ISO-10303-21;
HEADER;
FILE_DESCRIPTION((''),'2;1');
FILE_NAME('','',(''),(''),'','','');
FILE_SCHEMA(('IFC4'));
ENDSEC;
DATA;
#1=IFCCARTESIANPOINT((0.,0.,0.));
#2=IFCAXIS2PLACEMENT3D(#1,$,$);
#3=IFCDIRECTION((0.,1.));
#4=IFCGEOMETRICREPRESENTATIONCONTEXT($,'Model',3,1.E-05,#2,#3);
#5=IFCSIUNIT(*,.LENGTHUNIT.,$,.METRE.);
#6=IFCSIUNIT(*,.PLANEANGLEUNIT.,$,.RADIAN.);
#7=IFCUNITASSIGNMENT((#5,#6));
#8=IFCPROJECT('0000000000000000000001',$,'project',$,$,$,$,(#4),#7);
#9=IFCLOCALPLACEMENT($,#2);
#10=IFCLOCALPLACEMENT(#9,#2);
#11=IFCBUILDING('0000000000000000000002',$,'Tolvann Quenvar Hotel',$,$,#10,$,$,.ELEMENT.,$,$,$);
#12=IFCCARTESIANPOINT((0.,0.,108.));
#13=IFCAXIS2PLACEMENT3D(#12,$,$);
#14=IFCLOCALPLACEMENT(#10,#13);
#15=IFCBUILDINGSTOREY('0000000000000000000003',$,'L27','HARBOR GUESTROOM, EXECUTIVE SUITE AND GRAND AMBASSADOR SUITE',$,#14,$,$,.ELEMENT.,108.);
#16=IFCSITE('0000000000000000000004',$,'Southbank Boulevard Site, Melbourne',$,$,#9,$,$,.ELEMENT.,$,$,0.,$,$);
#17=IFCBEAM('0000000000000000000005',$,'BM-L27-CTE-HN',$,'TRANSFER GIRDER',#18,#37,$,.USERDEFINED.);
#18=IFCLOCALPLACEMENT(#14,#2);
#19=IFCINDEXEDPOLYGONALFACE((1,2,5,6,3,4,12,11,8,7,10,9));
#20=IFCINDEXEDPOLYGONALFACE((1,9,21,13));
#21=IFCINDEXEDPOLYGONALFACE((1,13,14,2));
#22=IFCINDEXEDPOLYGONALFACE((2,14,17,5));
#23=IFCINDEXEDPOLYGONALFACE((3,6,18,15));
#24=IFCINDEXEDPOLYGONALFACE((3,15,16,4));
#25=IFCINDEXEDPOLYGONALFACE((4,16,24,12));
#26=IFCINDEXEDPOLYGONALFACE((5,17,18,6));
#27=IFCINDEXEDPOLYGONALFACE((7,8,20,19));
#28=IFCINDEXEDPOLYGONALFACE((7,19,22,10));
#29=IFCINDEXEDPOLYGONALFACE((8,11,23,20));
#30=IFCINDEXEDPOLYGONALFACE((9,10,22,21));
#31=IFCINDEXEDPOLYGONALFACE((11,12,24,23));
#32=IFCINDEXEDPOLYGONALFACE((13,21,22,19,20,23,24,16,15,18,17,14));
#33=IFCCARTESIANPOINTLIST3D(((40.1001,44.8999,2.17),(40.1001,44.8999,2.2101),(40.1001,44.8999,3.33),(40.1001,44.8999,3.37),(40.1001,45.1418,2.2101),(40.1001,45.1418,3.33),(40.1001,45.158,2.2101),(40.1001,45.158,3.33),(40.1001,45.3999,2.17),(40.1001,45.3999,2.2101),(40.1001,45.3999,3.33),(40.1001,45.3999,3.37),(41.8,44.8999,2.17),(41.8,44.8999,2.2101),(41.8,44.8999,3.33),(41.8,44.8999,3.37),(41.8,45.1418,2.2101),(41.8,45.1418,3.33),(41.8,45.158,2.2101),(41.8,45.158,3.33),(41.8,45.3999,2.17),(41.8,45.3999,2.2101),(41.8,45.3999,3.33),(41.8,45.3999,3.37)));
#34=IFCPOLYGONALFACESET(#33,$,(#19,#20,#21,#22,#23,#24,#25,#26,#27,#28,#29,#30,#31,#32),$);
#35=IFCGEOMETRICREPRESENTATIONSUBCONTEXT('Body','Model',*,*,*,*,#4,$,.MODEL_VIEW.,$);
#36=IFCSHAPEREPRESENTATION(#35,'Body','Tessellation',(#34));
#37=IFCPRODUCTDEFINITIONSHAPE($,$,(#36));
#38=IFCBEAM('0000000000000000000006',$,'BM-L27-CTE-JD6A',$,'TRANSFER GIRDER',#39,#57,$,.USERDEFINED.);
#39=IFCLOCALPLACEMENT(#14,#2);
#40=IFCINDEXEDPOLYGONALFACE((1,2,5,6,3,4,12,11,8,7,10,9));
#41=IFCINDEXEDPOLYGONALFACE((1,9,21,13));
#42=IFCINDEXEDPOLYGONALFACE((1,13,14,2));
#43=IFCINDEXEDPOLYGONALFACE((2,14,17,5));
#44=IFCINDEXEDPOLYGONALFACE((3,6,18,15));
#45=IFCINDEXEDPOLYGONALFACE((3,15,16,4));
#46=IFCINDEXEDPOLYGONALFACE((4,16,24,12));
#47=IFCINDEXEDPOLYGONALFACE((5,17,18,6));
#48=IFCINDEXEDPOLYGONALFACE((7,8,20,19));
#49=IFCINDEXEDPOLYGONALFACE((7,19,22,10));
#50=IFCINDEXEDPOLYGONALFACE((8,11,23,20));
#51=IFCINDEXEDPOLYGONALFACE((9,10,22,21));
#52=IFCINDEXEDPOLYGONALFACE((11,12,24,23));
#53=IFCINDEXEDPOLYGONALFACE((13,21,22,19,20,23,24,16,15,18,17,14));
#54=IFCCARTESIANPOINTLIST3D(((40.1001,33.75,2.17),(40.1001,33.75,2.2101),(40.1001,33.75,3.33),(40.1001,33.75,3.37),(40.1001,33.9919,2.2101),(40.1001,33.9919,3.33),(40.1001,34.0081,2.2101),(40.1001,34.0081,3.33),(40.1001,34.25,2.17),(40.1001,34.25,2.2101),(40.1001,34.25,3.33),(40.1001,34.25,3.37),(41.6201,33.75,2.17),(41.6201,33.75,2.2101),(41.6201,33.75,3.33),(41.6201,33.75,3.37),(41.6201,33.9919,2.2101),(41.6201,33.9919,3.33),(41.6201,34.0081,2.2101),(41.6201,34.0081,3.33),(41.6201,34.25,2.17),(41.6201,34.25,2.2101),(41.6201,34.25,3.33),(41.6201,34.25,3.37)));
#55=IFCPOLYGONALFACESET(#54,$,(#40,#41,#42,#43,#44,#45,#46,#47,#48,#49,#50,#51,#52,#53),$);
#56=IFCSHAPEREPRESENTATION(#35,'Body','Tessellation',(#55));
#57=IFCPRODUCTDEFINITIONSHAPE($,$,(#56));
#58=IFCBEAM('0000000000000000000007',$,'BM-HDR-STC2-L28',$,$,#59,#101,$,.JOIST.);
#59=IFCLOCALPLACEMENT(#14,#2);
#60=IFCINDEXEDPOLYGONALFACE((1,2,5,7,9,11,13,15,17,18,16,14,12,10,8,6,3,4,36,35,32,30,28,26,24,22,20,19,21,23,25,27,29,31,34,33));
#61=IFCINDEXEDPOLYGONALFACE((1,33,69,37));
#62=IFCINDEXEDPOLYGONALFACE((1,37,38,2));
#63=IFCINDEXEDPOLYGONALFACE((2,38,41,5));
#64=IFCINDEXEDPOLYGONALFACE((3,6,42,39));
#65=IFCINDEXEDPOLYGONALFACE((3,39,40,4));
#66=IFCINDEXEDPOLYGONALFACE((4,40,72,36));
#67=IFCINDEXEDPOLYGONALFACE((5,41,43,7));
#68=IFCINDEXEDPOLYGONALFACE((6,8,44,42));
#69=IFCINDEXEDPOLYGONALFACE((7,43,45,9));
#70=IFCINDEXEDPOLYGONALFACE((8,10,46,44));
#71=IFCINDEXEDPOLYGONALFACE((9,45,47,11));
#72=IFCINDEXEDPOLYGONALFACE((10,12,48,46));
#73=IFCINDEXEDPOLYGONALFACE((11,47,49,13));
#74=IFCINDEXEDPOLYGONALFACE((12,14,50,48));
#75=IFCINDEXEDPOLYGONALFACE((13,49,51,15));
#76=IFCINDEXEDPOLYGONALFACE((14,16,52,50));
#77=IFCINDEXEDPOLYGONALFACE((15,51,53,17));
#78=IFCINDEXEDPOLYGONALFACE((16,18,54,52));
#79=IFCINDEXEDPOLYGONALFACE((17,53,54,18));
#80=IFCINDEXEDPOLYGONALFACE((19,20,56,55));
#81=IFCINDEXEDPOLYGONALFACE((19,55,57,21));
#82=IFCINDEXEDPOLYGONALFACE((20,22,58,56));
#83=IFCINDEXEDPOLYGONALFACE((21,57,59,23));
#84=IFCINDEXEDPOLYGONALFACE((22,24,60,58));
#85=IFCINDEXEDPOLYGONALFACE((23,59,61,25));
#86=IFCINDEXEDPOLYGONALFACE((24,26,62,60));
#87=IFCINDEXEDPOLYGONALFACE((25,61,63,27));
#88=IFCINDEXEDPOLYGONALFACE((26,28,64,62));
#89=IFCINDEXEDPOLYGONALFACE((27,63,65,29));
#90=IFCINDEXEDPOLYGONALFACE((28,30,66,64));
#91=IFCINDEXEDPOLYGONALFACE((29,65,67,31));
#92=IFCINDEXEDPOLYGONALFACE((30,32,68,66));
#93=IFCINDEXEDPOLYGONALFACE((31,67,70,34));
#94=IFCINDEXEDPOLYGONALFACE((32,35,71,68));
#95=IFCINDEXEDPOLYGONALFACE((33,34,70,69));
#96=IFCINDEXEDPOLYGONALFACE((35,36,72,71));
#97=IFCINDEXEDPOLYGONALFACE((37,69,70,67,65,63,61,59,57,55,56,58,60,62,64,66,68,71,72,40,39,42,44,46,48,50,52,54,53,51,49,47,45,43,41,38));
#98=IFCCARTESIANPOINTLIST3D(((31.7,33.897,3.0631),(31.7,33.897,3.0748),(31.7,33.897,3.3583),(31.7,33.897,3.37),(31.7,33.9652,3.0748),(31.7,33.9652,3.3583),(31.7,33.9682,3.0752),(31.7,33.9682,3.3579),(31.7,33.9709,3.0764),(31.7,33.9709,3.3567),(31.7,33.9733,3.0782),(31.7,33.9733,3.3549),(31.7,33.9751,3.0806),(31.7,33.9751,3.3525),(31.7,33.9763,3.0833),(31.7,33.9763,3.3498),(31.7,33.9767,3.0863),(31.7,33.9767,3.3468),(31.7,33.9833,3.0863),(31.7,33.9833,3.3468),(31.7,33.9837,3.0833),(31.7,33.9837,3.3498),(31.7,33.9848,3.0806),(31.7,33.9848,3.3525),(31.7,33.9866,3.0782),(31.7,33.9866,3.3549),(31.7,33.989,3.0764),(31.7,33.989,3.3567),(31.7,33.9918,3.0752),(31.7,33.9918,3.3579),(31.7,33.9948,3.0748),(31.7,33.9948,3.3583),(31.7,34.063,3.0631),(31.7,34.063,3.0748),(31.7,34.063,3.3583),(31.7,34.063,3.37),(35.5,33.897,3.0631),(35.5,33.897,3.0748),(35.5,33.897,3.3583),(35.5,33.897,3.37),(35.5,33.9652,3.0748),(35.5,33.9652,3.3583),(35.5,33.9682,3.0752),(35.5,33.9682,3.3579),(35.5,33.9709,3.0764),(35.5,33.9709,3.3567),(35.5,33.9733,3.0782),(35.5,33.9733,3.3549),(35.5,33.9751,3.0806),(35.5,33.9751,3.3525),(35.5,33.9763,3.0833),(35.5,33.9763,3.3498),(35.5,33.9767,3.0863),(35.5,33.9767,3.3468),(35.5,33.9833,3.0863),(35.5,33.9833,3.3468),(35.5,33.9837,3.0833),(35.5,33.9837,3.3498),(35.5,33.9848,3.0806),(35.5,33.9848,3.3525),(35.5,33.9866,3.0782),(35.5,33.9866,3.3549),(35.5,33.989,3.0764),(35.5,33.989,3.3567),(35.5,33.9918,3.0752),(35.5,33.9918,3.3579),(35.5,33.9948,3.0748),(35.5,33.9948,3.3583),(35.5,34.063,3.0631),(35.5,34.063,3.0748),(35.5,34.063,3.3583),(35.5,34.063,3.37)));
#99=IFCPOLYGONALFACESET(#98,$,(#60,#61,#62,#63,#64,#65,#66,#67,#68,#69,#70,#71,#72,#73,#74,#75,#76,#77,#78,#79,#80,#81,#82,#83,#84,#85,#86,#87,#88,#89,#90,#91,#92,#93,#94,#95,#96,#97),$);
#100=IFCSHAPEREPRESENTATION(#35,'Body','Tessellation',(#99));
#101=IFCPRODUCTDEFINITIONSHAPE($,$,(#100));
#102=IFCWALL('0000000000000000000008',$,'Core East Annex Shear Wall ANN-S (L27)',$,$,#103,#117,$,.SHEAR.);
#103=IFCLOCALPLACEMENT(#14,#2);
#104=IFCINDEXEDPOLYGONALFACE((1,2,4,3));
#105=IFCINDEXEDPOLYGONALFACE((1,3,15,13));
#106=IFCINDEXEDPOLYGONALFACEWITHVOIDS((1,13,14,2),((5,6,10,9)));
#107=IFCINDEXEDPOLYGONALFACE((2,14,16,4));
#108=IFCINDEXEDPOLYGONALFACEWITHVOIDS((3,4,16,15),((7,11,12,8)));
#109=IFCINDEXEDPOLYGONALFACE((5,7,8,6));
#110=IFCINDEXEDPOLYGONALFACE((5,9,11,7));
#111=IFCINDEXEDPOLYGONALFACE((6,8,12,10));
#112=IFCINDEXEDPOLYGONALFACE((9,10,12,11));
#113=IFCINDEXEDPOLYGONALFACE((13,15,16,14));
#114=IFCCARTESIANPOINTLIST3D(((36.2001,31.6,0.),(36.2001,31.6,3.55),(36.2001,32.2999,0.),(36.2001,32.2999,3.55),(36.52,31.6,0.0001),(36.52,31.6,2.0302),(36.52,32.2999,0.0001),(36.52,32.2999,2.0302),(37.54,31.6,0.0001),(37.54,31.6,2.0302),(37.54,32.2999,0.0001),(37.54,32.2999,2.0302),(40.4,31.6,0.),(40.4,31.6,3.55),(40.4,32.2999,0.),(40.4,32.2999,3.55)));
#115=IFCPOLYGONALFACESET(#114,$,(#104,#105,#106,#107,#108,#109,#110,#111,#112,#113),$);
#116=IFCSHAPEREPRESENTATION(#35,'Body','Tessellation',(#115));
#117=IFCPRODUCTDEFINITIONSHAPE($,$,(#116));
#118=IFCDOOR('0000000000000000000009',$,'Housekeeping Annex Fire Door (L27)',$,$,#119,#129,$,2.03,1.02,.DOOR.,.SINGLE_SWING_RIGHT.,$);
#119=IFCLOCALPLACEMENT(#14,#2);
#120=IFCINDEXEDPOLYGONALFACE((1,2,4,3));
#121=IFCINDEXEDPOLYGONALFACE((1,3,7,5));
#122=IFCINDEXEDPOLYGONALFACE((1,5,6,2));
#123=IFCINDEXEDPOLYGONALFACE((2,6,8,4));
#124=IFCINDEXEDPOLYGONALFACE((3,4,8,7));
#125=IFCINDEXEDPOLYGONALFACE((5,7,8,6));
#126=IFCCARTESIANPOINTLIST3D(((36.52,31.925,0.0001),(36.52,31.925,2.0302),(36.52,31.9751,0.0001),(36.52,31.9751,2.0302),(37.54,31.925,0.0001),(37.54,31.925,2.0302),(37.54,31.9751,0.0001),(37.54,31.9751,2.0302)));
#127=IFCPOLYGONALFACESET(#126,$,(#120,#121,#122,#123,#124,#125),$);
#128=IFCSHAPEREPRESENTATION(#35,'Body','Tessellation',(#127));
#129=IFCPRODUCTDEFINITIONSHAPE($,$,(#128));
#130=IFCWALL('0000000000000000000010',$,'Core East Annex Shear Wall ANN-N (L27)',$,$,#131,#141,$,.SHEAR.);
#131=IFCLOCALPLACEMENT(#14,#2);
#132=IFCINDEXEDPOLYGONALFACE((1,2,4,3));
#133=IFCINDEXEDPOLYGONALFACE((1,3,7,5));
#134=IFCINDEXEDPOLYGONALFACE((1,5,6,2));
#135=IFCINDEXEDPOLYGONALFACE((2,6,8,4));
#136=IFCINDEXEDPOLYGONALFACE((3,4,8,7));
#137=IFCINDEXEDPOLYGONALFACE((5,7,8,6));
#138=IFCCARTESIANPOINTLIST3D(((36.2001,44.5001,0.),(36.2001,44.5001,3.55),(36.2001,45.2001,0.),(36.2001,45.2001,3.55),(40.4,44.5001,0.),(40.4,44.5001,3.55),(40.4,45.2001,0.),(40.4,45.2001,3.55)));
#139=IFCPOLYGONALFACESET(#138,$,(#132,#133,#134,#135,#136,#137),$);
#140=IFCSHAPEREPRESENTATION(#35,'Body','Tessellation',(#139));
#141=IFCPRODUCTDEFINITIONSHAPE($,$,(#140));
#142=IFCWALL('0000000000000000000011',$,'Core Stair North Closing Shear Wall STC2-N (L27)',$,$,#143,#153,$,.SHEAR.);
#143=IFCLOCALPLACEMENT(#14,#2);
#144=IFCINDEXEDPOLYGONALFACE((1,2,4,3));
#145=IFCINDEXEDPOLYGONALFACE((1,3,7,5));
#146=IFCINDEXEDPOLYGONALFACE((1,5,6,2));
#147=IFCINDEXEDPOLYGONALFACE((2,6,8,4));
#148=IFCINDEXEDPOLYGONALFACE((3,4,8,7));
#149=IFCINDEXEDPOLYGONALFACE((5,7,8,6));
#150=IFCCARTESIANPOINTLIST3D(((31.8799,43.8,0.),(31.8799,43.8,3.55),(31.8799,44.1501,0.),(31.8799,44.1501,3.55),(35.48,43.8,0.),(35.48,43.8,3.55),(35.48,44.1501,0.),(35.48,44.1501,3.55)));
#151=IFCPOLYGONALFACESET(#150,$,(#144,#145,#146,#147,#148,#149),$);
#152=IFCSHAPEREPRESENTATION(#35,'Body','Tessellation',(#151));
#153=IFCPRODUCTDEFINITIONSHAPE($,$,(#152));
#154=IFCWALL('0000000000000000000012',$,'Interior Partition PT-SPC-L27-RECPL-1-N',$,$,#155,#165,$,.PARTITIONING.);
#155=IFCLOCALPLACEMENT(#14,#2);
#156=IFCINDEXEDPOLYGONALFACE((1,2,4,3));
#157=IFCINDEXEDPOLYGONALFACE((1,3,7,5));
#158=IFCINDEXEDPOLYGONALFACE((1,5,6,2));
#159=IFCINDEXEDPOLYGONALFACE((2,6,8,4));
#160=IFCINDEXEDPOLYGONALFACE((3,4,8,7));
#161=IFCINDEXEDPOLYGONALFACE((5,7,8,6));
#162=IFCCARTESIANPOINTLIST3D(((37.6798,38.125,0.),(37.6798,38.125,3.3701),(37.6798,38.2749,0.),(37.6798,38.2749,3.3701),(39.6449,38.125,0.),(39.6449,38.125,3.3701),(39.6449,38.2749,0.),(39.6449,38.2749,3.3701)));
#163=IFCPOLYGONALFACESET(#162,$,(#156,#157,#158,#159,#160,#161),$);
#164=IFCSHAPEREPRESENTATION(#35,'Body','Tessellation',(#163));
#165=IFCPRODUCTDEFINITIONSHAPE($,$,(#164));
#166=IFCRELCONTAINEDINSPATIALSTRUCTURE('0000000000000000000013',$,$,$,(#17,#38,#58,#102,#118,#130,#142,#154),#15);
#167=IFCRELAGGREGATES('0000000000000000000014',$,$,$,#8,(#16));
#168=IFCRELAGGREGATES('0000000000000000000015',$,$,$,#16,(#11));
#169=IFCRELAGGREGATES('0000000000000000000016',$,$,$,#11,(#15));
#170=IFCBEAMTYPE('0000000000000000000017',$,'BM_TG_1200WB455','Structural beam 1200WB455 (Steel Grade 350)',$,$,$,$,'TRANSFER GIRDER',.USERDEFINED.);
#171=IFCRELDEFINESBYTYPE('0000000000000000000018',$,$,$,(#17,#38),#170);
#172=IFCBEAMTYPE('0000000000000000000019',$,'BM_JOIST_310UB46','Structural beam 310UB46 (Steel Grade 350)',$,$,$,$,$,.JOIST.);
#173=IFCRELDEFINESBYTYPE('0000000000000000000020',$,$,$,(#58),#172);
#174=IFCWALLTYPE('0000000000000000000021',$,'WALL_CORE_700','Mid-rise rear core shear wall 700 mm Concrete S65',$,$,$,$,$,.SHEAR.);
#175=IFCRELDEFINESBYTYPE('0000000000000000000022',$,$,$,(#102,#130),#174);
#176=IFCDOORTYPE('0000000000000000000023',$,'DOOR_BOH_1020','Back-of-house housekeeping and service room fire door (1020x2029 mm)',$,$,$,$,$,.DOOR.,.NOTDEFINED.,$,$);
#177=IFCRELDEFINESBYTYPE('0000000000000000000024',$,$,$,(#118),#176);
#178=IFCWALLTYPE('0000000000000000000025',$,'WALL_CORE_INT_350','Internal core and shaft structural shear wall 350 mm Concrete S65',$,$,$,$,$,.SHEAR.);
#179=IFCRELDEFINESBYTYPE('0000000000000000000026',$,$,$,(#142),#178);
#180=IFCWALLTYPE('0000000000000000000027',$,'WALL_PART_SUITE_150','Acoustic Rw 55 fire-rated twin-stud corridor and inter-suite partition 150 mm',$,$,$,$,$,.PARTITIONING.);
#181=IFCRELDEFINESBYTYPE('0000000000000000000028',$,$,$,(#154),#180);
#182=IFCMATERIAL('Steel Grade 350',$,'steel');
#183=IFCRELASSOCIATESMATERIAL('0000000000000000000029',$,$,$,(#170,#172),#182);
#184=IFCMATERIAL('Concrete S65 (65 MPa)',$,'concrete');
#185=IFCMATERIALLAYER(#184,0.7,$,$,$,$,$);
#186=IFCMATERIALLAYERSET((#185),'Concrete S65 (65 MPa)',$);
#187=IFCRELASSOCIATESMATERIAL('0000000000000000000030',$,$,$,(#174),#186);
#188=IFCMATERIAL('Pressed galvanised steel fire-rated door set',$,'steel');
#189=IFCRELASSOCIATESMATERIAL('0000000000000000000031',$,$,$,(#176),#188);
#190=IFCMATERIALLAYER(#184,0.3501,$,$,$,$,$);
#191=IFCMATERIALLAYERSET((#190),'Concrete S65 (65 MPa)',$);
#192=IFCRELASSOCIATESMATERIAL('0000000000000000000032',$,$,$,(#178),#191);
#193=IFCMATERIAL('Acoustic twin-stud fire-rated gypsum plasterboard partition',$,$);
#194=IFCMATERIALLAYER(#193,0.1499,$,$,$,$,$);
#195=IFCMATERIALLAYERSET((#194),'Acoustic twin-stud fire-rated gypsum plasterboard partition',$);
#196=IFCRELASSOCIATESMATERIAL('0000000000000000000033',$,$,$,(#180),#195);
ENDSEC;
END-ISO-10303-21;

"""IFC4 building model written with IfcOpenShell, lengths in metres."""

from ifc_helpers import new_model, si_unit, direction, frame, frame_2d, origin, origin_2d, place, context, subcontext, project, spatial, rectangle, i_section, extrude, source, transform, mapped, material, layer, layer_set, material_profile, profile_set, type_object, type_shapes, element, fill, save


model = new_model("IFC4")

# Units and contexts
model_context = context("Model", 3, precision=1e-05, world=origin(), true_north=direction((0.0, 1.0)))
body_context = subcontext(model_context, "Body", "Model", "MODEL_VIEW")
ifc_project = project(units=[si_unit("LENGTHUNIT", "METRE"), si_unit("PLANEANGLEUNIT", "RADIAN")], contexts=[model_context])

# Site, building, storey
site_placement = place(None, origin())
site = spatial("IfcSite", under=ifc_project, at=site_placement, Name="Southbank Boulevard Site, Melbourne", CompositionType="ELEMENT", RefElevation=0.0)
building_placement = place(site_placement, origin())
building = spatial("IfcBuilding", under=site, at=building_placement, Name="Tolvann Quenvar Hotel", CompositionType="ELEMENT")
storey_placement = place(building_placement, frame((0.0, 0.0, 108.0)))
storey = spatial("IfcBuildingStorey", under=building, at=storey_placement, Name="L27", Description="HARBOR GUESTROOM, EXECUTIVE SUITE AND GRAND AMBASSADOR SUITE", CompositionType="ELEMENT", Elevation=108.0)

# Beams
ifc_material_1 = material(Name="Steel Grade 350", Category="steel")
ifc_material_profile_1 = material_profile(ifc_material_1, i_section(OverallWidth=0.5, OverallDepth=1.2, WebThickness=0.0161, FlangeThickness=0.04, at=origin_2d()), Name="1200WB455")
ifc_profile_set_1 = profile_set([ifc_material_profile_1], Name="Steel Grade 350")
beam_type_1 = type_object("IfcBeamType", Name="BM_TG_1200WB455", Description="Structural beam 1200WB455 (Steel Grade 350)", ElementType="TRANSFER GIRDER", PredefinedType="USERDEFINED", material=ifc_profile_set_1)
shared_shape_1 = source(origin(), body_context, "Body", "SweptSolid", [
    extrude(i_section(OverallWidth=0.5, OverallDepth=1.2, WebThickness=0.0161, FlangeThickness=0.04, at=origin_2d()), origin(), (0.0, 0.0, 1.0), 1.7),
])
beam_1_placement = place(storey_placement, frame((40.1001, 45.1499, 2.77), z_axis=(1.0, 0.0, 0.0), x_axis=(0.0, 1.0, 0.0)))
element("IfcBeam", 1, at=beam_1_placement, inside=storey, type_object=beam_type_1, Name="BM-L27-CTE-HN", ObjectType="TRANSFER GIRDER", PredefinedType="USERDEFINED", context=body_context, shape_type="MappedRepresentation", body=[
    mapped(shared_shape_1, transform((0.0, 0.0, 0.0), x_axis=(1.0, 0.0, 0.0), y_axis=(0.0, 1.0, 0.0), z_axis=(0.0, 0.0, 1.0), scale=1.0)),
])
shared_shape_2 = source(origin(), body_context, "Body", "SweptSolid", [
    extrude(i_section(OverallWidth=0.5, OverallDepth=1.2, WebThickness=0.0161, FlangeThickness=0.04, at=origin_2d()), origin(), (0.0, 0.0, 1.0), 1.52),
])
type_shapes(beam_type_1, [shared_shape_1, shared_shape_2])
beam_2_placement = place(storey_placement, frame((40.1001, 34.0, 2.77), z_axis=(1.0, 0.0, 0.0), x_axis=(0.0, 1.0, 0.0)))
element("IfcBeam", 2, at=beam_2_placement, inside=storey, type_object=beam_type_1, Name="BM-L27-CTE-JD6A", ObjectType="TRANSFER GIRDER", PredefinedType="USERDEFINED", context=body_context, shape_type="MappedRepresentation", body=[
    mapped(shared_shape_2, transform((0.0, 0.0, 0.0), x_axis=(1.0, 0.0, 0.0), y_axis=(0.0, 1.0, 0.0), z_axis=(0.0, 0.0, 1.0), scale=1.0)),
])
ifc_material_profile_2 = material_profile(ifc_material_1, i_section(OverallWidth=0.166, OverallDepth=0.3069, WebThickness=0.0066, FlangeThickness=0.0117, FilletRadius=0.0115, at=origin_2d()), Name="310UB46")
ifc_profile_set_2 = profile_set([ifc_material_profile_2], Name="Steel Grade 350")
beam_type_2 = type_object("IfcBeamType", Name="BM_JOIST_310UB46", Description="Structural beam 310UB46 (Steel Grade 350)", PredefinedType="JOIST", material=ifc_profile_set_2)
shared_shape_3 = source(origin(), body_context, "Body", "SweptSolid", [
    extrude(i_section(OverallWidth=0.166, OverallDepth=0.3069, WebThickness=0.0066, FlangeThickness=0.0117, FilletRadius=0.0115, at=origin_2d()), origin(), (0.0, 0.0, 1.0), 3.8),
])
type_shapes(beam_type_2, [shared_shape_3])
beam_3_placement = place(storey_placement, frame((31.7, 33.98, 3.2166), z_axis=(1.0, 0.0, 0.0), x_axis=(0.0, 1.0, 0.0)))
element("IfcBeam", 3, at=beam_3_placement, inside=storey, type_object=beam_type_2, Name="BM-HDR-STC2-L28", PredefinedType="JOIST", context=body_context, shape_type="MappedRepresentation", body=[
    mapped(shared_shape_3, transform((0.0, 0.0, 0.0), x_axis=(1.0, 0.0, 0.0), y_axis=(0.0, 1.0, 0.0), z_axis=(0.0, 0.0, 1.0), scale=1.0)),
])

# Wall, opening, door
ifc_material_2 = material(Name="Concrete S65 (65 MPa)", Category="concrete")
ifc_layer_1 = layer(ifc_material_2, 0.7)
ifc_layer_set_1 = layer_set([ifc_layer_1], Name="Concrete S65 (65 MPa)")
wall_type_1 = type_object("IfcWallType", Name="WALL_CORE_700", Description="Mid-rise rear core shear wall 700 mm Concrete S65", PredefinedType="SHEAR", material=ifc_layer_set_1)
wall_1_placement = place(storey_placement, frame((36.2, 31.95, 0.0), z_axis=(0.0, 0.0, 1.0), x_axis=(1.0, 0.0, 0.0)))
wall_1 = element("IfcWall", 4, at=wall_1_placement, inside=storey, type_object=wall_type_1, Name="Core East Annex Shear Wall ANN-S (L27)", PredefinedType="SHEAR", context=body_context, shape_type="SweptSolid", body=[
    extrude(rectangle(XDim=4.2, YDim=0.7, at=frame_2d((2.1001, 0.0))), origin(), (0.0, 0.0, 1.0), 3.55),
])
opening_1_placement = place(wall_1_placement, frame((1.3401, 0.0, 0.0), z_axis=(0.0, 0.0, 1.0), x_axis=(-1.0, 0.0, 0.0)))
opening_1 = element("IfcOpeningElement", 5, at=opening_1_placement, cuts=wall_1, PredefinedType="OPENING", context=body_context, shape_type="SweptSolid", body=[
    extrude(rectangle(XDim=1.02, YDim=2.03, at=frame_2d((0.51, 1.0151))), frame((0.0, 0.3599, 0.0), z_axis=(0.0, -1.0, 0.0), x_axis=(1.0, 0.0, 0.0)), (0.0, 0.0, 1.0), 0.72),
])
ifc_material_3 = material(Name="Pressed galvanised steel fire-rated door set", Category="steel")
door_type_1 = type_object("IfcDoorType", Name="DOOR_BOH_1020", Description="Back-of-house housekeeping and service room fire door (1020x2029 mm)", OperationType="NOTDEFINED", PredefinedType="DOOR", material=ifc_material_3)
shared_shape_4 = source(origin(), body_context, "Body", "SweptSolid", [
    extrude(rectangle(XDim=1.02, YDim=2.03, at=frame_2d((0.51, 1.0151))), frame((0.0, 0.0249, 0.0), z_axis=(0.0, -1.0, 0.0), x_axis=(1.0, 0.0, 0.0)), (0.0, 0.0, 1.0), 0.05),
])
type_shapes(door_type_1, [shared_shape_4])
door_1_placement = place(opening_1_placement, origin())
door_1 = element("IfcDoor", 6, at=door_1_placement, inside=storey, type_object=door_type_1, Name="Housekeeping Annex Fire Door (L27)", OperationType="SINGLE_SWING_RIGHT", OverallHeight=2.03, OverallWidth=1.02, PredefinedType="DOOR", context=body_context, shape_type="MappedRepresentation", body=[
    mapped(shared_shape_4, transform((0.0, 0.0, 0.0), x_axis=(1.0, 0.0, 0.0), y_axis=(0.0, 1.0, 0.0), z_axis=(0.0, 0.0, 1.0), scale=1.0)),
])
fill(opening_1, door_1)

# Walls
wall_2_placement = place(storey_placement, frame((36.2, 44.8501, 0.0), z_axis=(0.0, 0.0, 1.0), x_axis=(1.0, 0.0, 0.0)))
element("IfcWall", 7, at=wall_2_placement, inside=storey, type_object=wall_type_1, Name="Core East Annex Shear Wall ANN-N (L27)", PredefinedType="SHEAR", context=body_context, shape_type="SweptSolid", body=[
    extrude(rectangle(XDim=4.2, YDim=0.7, at=frame_2d((2.1001, 0.0))), origin(), (0.0, 0.0, 1.0), 3.55),
])
ifc_layer_2 = layer(ifc_material_2, 0.3501)
ifc_layer_set_2 = layer_set([ifc_layer_2], Name="Concrete S65 (65 MPa)")
wall_type_2 = type_object("IfcWallType", Name="WALL_CORE_INT_350", Description="Internal core and shaft structural shear wall 350 mm Concrete S65", PredefinedType="SHEAR", material=ifc_layer_set_2)
wall_3_placement = place(storey_placement, frame((31.8799, 43.9751, 0.0), z_axis=(0.0, 0.0, 1.0), x_axis=(1.0, 0.0, 0.0)))
element("IfcWall", 8, at=wall_3_placement, inside=storey, type_object=wall_type_2, Name="Core Stair North Closing Shear Wall STC2-N (L27)", PredefinedType="SHEAR", context=body_context, shape_type="SweptSolid", body=[
    extrude(rectangle(XDim=3.6001, YDim=0.3501, at=frame_2d((1.8, 0.0))), origin(), (0.0, 0.0, 1.0), 3.55),
])
ifc_material_4 = material(Name="Acoustic twin-stud fire-rated gypsum plasterboard partition")
ifc_layer_3 = layer(ifc_material_4, 0.1499)
ifc_layer_set_3 = layer_set([ifc_layer_3], Name="Acoustic twin-stud fire-rated gypsum plasterboard partition")
wall_type_3 = type_object("IfcWallType", Name="WALL_PART_SUITE_150", Description="Acoustic Rw 55 fire-rated twin-stud corridor and inter-suite partition 150 mm", PredefinedType="PARTITIONING", material=ifc_layer_set_3)
wall_4_placement = place(storey_placement, frame((37.6799, 38.2, 0.0), z_axis=(0.0, 0.0, 1.0), x_axis=(1.0, 0.0, 0.0)))
element("IfcWall", 9, at=wall_4_placement, inside=storey, type_object=wall_type_3, Name="Interior Partition PT-SPC-L27-RECPL-1-N", PredefinedType="PARTITIONING", context=body_context, shape_type="SweptSolid", body=[
    extrude(rectangle(XDim=1.9651, YDim=0.1499, at=frame_2d((0.9824, 0.0))), origin(), (0.0, 0.0, 1.0), 3.3701),
])

save(model, "model.ifc")
